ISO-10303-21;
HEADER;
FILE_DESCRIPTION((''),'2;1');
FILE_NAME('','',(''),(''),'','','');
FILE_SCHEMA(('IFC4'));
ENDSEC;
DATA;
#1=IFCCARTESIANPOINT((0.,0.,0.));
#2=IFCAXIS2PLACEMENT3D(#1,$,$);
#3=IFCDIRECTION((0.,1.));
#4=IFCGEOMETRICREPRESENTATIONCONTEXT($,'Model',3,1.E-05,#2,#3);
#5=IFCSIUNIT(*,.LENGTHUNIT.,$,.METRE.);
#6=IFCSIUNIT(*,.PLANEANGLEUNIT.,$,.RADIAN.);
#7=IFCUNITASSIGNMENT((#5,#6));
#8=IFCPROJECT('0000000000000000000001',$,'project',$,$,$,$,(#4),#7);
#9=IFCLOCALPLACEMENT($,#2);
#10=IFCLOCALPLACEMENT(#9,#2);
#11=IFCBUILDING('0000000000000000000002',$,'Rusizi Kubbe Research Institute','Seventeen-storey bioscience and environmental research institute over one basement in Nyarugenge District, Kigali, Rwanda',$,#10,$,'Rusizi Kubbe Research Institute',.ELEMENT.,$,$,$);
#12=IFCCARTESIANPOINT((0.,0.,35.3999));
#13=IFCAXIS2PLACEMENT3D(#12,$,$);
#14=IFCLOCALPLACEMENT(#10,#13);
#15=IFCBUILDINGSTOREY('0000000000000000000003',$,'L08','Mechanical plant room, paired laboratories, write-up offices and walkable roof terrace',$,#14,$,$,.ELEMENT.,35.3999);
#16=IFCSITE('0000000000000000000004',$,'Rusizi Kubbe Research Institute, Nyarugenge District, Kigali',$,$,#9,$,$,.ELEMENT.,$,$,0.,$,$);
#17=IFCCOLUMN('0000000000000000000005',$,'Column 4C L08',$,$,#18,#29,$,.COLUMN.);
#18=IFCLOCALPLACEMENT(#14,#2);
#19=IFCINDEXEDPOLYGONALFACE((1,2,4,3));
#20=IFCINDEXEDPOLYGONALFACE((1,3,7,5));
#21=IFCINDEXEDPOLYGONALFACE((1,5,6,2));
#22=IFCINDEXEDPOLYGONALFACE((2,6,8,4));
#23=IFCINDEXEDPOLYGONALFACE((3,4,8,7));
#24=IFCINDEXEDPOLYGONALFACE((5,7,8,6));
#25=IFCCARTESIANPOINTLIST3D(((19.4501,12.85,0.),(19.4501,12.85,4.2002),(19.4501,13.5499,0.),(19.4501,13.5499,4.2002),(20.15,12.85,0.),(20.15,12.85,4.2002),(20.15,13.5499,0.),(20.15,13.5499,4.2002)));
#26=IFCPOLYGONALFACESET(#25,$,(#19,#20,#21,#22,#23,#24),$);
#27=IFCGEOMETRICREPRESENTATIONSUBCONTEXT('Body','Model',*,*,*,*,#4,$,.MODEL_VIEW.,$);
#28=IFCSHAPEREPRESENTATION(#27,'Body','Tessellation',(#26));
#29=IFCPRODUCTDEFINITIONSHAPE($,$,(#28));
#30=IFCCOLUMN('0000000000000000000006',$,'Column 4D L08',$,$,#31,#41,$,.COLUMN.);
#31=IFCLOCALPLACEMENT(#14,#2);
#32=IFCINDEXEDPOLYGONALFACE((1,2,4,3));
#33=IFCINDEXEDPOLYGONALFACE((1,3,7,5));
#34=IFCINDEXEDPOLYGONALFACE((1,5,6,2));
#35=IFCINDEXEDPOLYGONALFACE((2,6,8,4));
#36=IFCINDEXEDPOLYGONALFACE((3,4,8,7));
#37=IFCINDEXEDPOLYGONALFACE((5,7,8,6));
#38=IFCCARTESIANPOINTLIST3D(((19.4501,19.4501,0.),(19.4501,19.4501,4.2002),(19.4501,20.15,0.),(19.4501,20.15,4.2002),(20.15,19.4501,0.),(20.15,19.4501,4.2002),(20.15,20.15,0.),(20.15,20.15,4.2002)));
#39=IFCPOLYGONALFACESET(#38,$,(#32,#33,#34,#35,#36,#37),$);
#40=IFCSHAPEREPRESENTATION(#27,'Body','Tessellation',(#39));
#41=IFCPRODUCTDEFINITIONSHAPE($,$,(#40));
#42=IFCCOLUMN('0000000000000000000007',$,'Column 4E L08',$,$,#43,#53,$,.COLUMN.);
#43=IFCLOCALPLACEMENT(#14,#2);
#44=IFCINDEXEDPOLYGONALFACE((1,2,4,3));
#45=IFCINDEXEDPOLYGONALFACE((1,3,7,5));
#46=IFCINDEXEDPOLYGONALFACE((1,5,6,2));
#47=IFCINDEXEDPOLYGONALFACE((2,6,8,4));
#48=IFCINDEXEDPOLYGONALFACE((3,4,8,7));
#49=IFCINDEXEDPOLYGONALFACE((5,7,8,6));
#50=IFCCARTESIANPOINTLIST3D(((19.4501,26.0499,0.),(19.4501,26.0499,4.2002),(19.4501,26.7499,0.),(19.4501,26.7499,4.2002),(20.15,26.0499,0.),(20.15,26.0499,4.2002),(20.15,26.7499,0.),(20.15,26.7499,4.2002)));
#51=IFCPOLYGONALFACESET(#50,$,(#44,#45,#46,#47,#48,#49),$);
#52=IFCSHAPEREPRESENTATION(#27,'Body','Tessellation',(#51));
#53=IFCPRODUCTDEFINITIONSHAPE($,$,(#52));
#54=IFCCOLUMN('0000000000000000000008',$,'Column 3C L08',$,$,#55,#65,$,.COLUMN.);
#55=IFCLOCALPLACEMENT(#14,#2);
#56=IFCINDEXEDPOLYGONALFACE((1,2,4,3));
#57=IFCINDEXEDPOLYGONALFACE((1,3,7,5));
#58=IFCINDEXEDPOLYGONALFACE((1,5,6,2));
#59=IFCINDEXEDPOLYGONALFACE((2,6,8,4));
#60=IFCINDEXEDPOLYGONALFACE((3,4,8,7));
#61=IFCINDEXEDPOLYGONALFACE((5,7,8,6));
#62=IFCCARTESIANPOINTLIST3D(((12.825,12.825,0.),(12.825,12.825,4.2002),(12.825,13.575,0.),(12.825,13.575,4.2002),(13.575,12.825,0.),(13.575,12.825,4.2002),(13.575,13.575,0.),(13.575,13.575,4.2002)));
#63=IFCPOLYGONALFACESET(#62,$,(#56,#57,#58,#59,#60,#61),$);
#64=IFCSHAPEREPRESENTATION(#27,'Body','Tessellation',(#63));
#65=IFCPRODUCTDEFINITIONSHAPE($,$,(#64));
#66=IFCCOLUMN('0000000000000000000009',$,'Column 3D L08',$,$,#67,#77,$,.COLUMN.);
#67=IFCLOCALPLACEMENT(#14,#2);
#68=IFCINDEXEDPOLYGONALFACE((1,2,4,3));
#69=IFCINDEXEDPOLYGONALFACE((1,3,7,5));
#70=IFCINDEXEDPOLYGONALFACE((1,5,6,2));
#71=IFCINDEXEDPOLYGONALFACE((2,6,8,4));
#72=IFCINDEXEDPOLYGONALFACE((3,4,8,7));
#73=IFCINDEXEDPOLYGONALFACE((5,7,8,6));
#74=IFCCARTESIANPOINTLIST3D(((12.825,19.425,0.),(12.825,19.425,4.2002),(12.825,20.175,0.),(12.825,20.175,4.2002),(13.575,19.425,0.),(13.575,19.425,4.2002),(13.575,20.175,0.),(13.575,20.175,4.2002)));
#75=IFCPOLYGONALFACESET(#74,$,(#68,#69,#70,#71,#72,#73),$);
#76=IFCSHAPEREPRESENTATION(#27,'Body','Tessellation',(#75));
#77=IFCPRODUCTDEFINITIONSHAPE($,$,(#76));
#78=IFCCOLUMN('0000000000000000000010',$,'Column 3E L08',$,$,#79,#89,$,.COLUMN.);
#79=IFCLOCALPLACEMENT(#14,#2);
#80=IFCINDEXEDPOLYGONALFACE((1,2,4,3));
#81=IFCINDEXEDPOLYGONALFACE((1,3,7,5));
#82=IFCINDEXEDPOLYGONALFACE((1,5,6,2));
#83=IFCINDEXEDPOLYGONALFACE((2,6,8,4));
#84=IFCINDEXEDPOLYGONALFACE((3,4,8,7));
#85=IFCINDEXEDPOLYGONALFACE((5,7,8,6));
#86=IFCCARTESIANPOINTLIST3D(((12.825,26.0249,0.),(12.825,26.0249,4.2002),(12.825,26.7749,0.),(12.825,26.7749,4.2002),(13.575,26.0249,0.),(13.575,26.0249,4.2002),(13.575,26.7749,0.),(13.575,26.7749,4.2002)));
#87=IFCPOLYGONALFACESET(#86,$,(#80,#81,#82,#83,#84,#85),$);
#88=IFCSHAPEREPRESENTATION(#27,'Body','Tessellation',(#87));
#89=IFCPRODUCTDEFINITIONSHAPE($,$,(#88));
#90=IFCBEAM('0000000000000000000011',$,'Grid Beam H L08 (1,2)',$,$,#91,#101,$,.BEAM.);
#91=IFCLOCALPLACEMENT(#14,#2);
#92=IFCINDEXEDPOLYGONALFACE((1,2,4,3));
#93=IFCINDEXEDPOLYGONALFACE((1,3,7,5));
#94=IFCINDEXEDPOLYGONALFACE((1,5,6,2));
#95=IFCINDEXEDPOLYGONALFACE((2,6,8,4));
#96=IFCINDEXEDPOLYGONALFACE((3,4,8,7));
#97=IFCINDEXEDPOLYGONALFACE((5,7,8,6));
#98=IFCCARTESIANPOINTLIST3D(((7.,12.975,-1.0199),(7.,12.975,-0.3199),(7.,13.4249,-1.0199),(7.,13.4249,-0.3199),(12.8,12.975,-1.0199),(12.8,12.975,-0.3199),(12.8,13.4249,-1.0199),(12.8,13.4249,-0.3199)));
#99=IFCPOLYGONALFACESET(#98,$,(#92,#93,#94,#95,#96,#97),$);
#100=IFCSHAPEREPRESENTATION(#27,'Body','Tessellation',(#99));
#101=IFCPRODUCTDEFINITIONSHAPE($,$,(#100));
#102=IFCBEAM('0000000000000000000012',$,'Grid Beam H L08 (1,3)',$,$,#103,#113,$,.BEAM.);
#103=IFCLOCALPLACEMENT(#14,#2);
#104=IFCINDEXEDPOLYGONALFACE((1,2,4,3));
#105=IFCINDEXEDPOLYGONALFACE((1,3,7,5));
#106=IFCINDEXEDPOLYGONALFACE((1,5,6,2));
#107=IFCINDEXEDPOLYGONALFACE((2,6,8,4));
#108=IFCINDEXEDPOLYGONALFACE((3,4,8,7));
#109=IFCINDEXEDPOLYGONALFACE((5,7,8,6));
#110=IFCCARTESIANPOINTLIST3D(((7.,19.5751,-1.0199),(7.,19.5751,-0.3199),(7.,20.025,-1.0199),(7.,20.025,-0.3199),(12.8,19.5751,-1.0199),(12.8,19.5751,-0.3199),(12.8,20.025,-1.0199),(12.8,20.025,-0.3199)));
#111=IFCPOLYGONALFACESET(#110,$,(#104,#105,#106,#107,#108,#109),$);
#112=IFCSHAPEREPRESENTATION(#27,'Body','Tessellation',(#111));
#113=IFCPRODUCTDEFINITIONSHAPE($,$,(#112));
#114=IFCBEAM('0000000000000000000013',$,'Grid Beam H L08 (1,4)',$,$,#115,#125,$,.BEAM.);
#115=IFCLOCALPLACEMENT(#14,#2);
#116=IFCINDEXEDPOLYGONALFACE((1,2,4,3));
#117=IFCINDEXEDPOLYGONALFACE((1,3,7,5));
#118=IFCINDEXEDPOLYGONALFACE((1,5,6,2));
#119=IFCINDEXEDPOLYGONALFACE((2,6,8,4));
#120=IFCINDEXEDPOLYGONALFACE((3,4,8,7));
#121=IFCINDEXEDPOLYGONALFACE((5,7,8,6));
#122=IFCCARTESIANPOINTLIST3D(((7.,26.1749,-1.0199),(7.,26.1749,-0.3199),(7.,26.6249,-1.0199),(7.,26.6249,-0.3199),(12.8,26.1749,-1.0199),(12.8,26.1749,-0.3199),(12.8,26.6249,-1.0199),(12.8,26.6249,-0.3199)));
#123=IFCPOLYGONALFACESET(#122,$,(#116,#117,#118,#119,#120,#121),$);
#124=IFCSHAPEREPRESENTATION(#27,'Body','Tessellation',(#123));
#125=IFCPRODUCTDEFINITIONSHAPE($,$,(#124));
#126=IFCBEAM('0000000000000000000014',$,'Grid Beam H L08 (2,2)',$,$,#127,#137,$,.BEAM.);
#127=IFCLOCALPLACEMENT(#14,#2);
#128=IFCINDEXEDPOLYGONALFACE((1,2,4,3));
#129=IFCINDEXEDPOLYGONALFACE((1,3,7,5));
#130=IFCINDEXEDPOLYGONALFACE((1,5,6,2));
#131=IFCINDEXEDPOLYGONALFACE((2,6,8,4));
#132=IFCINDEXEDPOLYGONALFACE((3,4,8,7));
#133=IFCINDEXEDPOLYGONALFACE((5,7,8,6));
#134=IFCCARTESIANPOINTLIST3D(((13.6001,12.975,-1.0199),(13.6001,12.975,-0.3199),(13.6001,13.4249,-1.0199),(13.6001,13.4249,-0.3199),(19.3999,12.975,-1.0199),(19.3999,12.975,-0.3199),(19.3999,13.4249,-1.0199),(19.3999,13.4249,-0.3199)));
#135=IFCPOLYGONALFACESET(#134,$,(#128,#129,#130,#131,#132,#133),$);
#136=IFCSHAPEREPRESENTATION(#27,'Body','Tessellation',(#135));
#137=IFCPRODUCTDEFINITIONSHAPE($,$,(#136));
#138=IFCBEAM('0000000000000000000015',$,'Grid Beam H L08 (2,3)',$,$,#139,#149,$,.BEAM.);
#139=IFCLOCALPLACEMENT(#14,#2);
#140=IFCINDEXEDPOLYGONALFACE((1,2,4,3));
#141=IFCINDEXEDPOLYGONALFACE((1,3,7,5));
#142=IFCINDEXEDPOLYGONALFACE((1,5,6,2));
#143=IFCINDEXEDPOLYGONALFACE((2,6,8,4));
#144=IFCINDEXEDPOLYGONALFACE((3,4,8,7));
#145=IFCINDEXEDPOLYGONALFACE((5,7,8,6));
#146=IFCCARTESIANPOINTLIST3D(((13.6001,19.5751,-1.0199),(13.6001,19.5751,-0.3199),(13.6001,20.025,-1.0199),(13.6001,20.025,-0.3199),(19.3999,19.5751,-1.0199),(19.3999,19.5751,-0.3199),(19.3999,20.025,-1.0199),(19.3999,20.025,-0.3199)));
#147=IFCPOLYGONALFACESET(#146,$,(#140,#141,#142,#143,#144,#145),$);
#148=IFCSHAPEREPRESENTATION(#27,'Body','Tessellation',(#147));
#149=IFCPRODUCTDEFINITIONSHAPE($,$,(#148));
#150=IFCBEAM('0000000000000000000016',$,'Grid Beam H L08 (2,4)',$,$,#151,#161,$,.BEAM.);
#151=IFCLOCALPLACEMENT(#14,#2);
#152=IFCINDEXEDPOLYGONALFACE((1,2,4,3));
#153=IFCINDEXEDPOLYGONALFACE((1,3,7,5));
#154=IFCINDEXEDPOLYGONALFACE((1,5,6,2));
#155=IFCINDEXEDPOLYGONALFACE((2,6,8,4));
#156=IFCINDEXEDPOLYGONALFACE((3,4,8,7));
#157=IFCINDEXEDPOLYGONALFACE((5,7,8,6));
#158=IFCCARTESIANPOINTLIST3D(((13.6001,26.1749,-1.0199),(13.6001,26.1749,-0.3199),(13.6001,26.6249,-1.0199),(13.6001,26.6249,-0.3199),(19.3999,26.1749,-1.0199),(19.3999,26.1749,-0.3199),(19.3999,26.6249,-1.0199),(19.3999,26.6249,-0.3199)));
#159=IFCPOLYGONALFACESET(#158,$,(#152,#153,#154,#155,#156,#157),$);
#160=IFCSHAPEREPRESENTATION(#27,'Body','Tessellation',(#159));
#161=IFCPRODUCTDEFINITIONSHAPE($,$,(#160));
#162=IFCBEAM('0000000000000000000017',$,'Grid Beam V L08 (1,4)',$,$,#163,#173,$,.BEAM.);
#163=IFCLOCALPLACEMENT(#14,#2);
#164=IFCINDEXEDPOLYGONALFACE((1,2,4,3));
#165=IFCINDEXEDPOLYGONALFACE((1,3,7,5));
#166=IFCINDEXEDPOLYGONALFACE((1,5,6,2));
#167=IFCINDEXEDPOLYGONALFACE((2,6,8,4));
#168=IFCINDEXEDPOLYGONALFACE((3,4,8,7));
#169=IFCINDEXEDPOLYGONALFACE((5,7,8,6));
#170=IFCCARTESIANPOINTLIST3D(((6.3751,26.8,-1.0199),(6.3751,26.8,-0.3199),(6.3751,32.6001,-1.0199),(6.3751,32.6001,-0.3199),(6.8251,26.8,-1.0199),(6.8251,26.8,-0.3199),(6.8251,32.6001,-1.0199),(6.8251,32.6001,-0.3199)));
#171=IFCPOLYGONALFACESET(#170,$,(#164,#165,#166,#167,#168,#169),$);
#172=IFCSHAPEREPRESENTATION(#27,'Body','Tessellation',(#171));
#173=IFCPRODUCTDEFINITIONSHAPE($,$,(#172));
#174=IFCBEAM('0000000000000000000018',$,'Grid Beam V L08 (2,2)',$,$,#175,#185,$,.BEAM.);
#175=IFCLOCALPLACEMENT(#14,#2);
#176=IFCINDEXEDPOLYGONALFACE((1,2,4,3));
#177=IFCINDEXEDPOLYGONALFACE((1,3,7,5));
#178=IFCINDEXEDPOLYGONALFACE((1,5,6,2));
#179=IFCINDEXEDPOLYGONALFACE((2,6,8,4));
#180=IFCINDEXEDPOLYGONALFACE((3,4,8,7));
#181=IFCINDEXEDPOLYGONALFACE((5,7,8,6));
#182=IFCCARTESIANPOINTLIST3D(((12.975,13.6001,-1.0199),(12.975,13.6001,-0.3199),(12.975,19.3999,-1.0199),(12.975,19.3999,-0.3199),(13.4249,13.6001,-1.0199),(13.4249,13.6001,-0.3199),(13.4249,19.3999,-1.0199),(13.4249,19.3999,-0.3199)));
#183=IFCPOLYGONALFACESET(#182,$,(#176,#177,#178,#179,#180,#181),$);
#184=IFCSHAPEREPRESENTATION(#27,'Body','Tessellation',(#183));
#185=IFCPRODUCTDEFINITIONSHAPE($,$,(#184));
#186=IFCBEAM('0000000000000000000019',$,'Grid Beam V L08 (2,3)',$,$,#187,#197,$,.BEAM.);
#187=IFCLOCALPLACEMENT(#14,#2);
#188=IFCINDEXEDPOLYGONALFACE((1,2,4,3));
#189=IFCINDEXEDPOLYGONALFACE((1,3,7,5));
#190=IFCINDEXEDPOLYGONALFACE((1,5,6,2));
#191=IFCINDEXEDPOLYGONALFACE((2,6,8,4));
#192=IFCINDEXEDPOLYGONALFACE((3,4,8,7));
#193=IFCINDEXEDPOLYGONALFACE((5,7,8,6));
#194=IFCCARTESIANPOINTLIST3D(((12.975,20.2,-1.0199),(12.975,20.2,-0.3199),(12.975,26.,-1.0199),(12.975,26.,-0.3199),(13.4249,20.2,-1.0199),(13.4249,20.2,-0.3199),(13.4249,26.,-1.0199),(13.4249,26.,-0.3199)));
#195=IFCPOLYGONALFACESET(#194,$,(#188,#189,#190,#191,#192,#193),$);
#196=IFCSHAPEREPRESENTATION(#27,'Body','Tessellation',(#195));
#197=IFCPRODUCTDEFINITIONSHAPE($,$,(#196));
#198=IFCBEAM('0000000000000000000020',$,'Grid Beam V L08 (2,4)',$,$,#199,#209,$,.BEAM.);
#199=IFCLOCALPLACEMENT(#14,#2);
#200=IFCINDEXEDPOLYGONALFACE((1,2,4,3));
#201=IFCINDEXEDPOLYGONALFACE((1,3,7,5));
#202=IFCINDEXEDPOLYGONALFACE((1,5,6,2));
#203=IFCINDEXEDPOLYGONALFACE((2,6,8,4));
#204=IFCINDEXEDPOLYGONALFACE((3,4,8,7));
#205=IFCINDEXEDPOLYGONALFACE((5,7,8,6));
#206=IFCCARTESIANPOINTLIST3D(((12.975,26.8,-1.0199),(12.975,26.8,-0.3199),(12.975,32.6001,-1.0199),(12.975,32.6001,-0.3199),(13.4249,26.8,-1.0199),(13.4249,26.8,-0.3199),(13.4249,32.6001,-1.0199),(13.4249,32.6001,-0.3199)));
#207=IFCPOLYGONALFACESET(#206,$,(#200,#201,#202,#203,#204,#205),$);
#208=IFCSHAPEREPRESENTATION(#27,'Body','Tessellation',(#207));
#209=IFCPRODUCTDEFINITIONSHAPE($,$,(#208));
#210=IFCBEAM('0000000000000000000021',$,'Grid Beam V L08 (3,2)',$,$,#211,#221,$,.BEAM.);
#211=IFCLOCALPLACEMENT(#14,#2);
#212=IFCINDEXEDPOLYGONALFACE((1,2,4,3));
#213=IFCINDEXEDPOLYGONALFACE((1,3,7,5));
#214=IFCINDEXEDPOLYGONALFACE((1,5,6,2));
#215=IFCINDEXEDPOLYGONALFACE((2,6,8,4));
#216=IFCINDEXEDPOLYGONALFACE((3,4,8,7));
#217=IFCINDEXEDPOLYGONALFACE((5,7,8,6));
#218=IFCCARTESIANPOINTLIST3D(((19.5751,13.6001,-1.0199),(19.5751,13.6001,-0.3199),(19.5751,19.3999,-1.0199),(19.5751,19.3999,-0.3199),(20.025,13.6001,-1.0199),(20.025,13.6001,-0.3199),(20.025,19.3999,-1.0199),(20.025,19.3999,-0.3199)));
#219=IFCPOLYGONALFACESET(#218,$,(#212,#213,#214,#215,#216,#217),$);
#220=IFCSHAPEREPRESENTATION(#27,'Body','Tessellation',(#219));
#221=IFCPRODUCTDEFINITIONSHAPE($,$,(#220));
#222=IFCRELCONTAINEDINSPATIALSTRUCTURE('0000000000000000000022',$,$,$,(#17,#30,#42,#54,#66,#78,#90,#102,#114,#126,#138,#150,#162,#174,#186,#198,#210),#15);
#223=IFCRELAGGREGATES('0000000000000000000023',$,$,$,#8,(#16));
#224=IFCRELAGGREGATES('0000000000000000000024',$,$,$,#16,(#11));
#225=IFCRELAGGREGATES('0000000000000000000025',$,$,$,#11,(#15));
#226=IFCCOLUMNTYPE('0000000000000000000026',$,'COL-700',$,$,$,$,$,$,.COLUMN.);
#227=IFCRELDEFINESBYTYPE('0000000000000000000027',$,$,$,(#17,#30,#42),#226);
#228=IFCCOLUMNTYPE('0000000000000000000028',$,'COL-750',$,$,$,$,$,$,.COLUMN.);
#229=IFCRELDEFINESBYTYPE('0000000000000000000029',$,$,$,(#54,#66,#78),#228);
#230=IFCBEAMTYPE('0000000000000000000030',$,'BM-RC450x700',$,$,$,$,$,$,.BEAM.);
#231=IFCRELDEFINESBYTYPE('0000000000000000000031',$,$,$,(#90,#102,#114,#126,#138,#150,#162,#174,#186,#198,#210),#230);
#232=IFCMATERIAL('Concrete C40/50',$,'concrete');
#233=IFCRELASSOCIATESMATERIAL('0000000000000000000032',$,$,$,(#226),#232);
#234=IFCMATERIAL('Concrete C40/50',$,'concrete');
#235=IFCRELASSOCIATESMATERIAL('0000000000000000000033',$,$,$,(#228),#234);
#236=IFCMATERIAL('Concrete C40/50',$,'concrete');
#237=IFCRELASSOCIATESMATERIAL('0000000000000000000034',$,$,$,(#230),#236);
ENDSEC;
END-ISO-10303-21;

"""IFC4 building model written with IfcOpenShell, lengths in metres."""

from ifc_helpers import new_model, si_unit, direction, frame, origin, origin_2d, place, context, subcontext, project, spatial, rectangle, extrude, material, material_profile, profile_set, type_object, element, save


model = new_model("IFC4")

# Units and contexts
model_context = context("Model", 3, precision=1e-05, world=origin(), true_north=direction((0.0, 1.0)))
body_context = subcontext(model_context, "Body", "Model", "MODEL_VIEW")
ifc_project = project(units=[si_unit("LENGTHUNIT", "METRE"), si_unit("PLANEANGLEUNIT", "RADIAN")], contexts=[model_context])

# Site, building, storey
site_placement = place(None, origin())
site = spatial("IfcSite", under=ifc_project, at=site_placement, Name="Rusizi Kubbe Research Institute, Nyarugenge District, Kigali", CompositionType="ELEMENT", RefElevation=0.0)
building_placement = place(site_placement, origin())
building = spatial("IfcBuilding", under=site, at=building_placement, Name="Rusizi Kubbe Research Institute", Description="Seventeen-storey bioscience and environmental research institute over one basement in Nyarugenge District, Kigali, Rwanda", LongName="Rusizi Kubbe Research Institute", CompositionType="ELEMENT")
storey_placement = place(building_placement, frame((0.0, 0.0, 35.3999)))
storey = spatial("IfcBuildingStorey", under=building, at=storey_placement, Name="L08", Description="Mechanical plant room, paired laboratories, write-up offices and walkable roof terrace", CompositionType="ELEMENT", Elevation=35.3999)

# Columns
ifc_material_1 = material(Name="Concrete C40/50", Category="concrete")
ifc_material_profile_1 = material_profile(ifc_material_1, rectangle(XDim=0.7, YDim=0.7, at=origin_2d()), Name="RC700x700")
ifc_profile_set_1 = profile_set([ifc_material_profile_1], Name="Concrete C40/50")
column_type_1 = type_object("IfcColumnType", Name="COL-700", PredefinedType="COLUMN", material=ifc_profile_set_1)
for number, where, z_axis, x_axis, name in (
    (1, (19.8, 13.2, 0.0), (0.0, 0.0, 1.0), (1.0, 0.0, 0.0), "Column 4C L08"),
    (2, (19.8, 19.8, 0.0), (0.0, 0.0, 1.0), (1.0, 0.0, 0.0), "Column 4D L08"),
    (3, (19.8, 26.3999, 0.0), (0.0, 0.0, 1.0), (1.0, 0.0, 0.0), "Column 4E L08"),
):
    element("IfcColumn", number, at=place(storey_placement, frame(where, z_axis=z_axis, x_axis=x_axis)), inside=storey, type_object=column_type_1, Name=name, PredefinedType="COLUMN", context=body_context, shape_type="SweptSolid", body=[
        extrude(rectangle(XDim=0.7, YDim=0.7, at=origin_2d()), origin(), (0.0, 0.0, 1.0), 4.2002),
    ])
ifc_material_2 = material(Name="Concrete C40/50", Category="concrete")
ifc_material_profile_2 = material_profile(ifc_material_2, rectangle(XDim=0.75, YDim=0.75, at=origin_2d()), Name="RC750x750")
ifc_profile_set_2 = profile_set([ifc_material_profile_2], Name="Concrete C40/50")
column_type_2 = type_object("IfcColumnType", Name="COL-750", PredefinedType="COLUMN", material=ifc_profile_set_2)
for number, where, z_axis, x_axis, name in (
    (4, (13.2, 13.2, 0.0), (0.0, 0.0, 1.0), (1.0, 0.0, 0.0), "Column 3C L08"),
    (5, (13.2, 19.8, 0.0), (0.0, 0.0, 1.0), (1.0, 0.0, 0.0), "Column 3D L08"),
    (6, (13.2, 26.3999, 0.0), (0.0, 0.0, 1.0), (1.0, 0.0, 0.0), "Column 3E L08"),
):
    element("IfcColumn", number, at=place(storey_placement, frame(where, z_axis=z_axis, x_axis=x_axis)), inside=storey, type_object=column_type_2, Name=name, PredefinedType="COLUMN", context=body_context, shape_type="SweptSolid", body=[
        extrude(rectangle(XDim=0.75, YDim=0.75, at=origin_2d()), origin(), (0.0, 0.0, 1.0), 4.2002),
    ])

# Beams
ifc_material_3 = material(Name="Concrete C40/50", Category="concrete")
ifc_material_profile_3 = material_profile(ifc_material_3, rectangle(XDim=0.45, YDim=0.7, at=origin_2d()), Name="RC450x700B")
ifc_profile_set_3 = profile_set([ifc_material_profile_3], Name="Concrete C40/50")
beam_type = type_object("IfcBeamType", Name="BM-RC450x700", PredefinedType="BEAM", material=ifc_profile_set_3)
for number, where, z_axis, x_axis, name in (
    (7, (7.0, 13.2, -0.6699), (1.0, 0.0, 0.0), (0.0, 1.0, 0.0), "Grid Beam H L08 (1,2)"),
    (8, (7.0, 19.8, -0.6699), (1.0, 0.0, 0.0), (0.0, 1.0, 0.0), "Grid Beam H L08 (1,3)"),
    (9, (7.0, 26.3999, -0.6699), (1.0, 0.0, 0.0), (0.0, 1.0, 0.0), "Grid Beam H L08 (1,4)"),
):
    element("IfcBeam", number, at=place(storey_placement, frame(where, z_axis=z_axis, x_axis=x_axis)), inside=storey, type_object=beam_type, Name=name, PredefinedType="BEAM", context=body_context, shape_type="SweptSolid", body=[
        extrude(rectangle(XDim=0.45, YDim=0.7, at=origin_2d()), origin(), (0.0, 0.0, 1.0), 5.8),
    ])
for number, where, z_axis, x_axis, name in (
    (10, (13.6001, 13.2, -0.6699), (1.0, 0.0, 0.0), (0.0, 1.0, 0.0), "Grid Beam H L08 (2,2)"),
    (11, (13.6001, 19.8, -0.6699), (1.0, 0.0, 0.0), (0.0, 1.0, 0.0), "Grid Beam H L08 (2,3)"),
    (12, (13.6001, 26.3999, -0.6699), (1.0, 0.0, 0.0), (0.0, 1.0, 0.0), "Grid Beam H L08 (2,4)"),
):
    element("IfcBeam", number, at=place(storey_placement, frame(where, z_axis=z_axis, x_axis=x_axis)), inside=storey, type_object=beam_type, Name=name, PredefinedType="BEAM", context=body_context, shape_type="SweptSolid", body=[
        extrude(rectangle(XDim=0.45, YDim=0.7, at=origin_2d()), origin(), (0.0, 0.0, 1.0), 5.7998),
    ])
beam_1_placement = place(storey_placement, frame((6.6001, 26.8, -0.6699), z_axis=(0.0, 1.0, 0.0), x_axis=(-1.0, 0.0, 0.0)))
element("IfcBeam", 13, at=beam_1_placement, inside=storey, type_object=beam_type, Name="Grid Beam V L08 (1,4)", PredefinedType="BEAM", context=body_context, shape_type="SweptSolid", body=[
    extrude(rectangle(XDim=0.45, YDim=0.7, at=origin_2d()), origin(), (0.0, 0.0, 1.0), 5.8),
])
beam_2_placement = place(storey_placement, frame((13.2, 13.6001, -0.6699), z_axis=(0.0, 1.0, 0.0), x_axis=(-1.0, 0.0, 0.0)))
element("IfcBeam", 14, at=beam_2_placement, inside=storey, type_object=beam_type, Name="Grid Beam V L08 (2,2)", PredefinedType="BEAM", context=body_context, shape_type="SweptSolid", body=[
    extrude(rectangle(XDim=0.45, YDim=0.7, at=origin_2d()), origin(), (0.0, 0.0, 1.0), 5.7998),
])
for number, where, z_axis, x_axis, name in (
    (15, (13.2, 20.2, -0.6699), (0.0, 1.0, 0.0), (-1.0, 0.0, 0.0), "Grid Beam V L08 (2,3)"),
    (16, (13.2, 26.8, -0.6699), (0.0, 1.0, 0.0), (-1.0, 0.0, 0.0), "Grid Beam V L08 (2,4)"),
):
    element("IfcBeam", number, at=place(storey_placement, frame(where, z_axis=z_axis, x_axis=x_axis)), inside=storey, type_object=beam_type, Name=name, PredefinedType="BEAM", context=body_context, shape_type="SweptSolid", body=[
        extrude(rectangle(XDim=0.45, YDim=0.7, at=origin_2d()), origin(), (0.0, 0.0, 1.0), 5.8),
    ])
beam_3_placement = place(storey_placement, frame((19.8, 13.6001, -0.6699), z_axis=(0.0, 1.0, 0.0), x_axis=(-1.0, 0.0, 0.0)))
element("IfcBeam", 17, at=beam_3_placement, inside=storey, type_object=beam_type, Name="Grid Beam V L08 (3,2)", PredefinedType="BEAM", context=body_context, shape_type="SweptSolid", body=[
    extrude(rectangle(XDim=0.45, YDim=0.7, at=origin_2d()), origin(), (0.0, 0.0, 1.0), 5.7998),
])

save(model, "model.ifc")
